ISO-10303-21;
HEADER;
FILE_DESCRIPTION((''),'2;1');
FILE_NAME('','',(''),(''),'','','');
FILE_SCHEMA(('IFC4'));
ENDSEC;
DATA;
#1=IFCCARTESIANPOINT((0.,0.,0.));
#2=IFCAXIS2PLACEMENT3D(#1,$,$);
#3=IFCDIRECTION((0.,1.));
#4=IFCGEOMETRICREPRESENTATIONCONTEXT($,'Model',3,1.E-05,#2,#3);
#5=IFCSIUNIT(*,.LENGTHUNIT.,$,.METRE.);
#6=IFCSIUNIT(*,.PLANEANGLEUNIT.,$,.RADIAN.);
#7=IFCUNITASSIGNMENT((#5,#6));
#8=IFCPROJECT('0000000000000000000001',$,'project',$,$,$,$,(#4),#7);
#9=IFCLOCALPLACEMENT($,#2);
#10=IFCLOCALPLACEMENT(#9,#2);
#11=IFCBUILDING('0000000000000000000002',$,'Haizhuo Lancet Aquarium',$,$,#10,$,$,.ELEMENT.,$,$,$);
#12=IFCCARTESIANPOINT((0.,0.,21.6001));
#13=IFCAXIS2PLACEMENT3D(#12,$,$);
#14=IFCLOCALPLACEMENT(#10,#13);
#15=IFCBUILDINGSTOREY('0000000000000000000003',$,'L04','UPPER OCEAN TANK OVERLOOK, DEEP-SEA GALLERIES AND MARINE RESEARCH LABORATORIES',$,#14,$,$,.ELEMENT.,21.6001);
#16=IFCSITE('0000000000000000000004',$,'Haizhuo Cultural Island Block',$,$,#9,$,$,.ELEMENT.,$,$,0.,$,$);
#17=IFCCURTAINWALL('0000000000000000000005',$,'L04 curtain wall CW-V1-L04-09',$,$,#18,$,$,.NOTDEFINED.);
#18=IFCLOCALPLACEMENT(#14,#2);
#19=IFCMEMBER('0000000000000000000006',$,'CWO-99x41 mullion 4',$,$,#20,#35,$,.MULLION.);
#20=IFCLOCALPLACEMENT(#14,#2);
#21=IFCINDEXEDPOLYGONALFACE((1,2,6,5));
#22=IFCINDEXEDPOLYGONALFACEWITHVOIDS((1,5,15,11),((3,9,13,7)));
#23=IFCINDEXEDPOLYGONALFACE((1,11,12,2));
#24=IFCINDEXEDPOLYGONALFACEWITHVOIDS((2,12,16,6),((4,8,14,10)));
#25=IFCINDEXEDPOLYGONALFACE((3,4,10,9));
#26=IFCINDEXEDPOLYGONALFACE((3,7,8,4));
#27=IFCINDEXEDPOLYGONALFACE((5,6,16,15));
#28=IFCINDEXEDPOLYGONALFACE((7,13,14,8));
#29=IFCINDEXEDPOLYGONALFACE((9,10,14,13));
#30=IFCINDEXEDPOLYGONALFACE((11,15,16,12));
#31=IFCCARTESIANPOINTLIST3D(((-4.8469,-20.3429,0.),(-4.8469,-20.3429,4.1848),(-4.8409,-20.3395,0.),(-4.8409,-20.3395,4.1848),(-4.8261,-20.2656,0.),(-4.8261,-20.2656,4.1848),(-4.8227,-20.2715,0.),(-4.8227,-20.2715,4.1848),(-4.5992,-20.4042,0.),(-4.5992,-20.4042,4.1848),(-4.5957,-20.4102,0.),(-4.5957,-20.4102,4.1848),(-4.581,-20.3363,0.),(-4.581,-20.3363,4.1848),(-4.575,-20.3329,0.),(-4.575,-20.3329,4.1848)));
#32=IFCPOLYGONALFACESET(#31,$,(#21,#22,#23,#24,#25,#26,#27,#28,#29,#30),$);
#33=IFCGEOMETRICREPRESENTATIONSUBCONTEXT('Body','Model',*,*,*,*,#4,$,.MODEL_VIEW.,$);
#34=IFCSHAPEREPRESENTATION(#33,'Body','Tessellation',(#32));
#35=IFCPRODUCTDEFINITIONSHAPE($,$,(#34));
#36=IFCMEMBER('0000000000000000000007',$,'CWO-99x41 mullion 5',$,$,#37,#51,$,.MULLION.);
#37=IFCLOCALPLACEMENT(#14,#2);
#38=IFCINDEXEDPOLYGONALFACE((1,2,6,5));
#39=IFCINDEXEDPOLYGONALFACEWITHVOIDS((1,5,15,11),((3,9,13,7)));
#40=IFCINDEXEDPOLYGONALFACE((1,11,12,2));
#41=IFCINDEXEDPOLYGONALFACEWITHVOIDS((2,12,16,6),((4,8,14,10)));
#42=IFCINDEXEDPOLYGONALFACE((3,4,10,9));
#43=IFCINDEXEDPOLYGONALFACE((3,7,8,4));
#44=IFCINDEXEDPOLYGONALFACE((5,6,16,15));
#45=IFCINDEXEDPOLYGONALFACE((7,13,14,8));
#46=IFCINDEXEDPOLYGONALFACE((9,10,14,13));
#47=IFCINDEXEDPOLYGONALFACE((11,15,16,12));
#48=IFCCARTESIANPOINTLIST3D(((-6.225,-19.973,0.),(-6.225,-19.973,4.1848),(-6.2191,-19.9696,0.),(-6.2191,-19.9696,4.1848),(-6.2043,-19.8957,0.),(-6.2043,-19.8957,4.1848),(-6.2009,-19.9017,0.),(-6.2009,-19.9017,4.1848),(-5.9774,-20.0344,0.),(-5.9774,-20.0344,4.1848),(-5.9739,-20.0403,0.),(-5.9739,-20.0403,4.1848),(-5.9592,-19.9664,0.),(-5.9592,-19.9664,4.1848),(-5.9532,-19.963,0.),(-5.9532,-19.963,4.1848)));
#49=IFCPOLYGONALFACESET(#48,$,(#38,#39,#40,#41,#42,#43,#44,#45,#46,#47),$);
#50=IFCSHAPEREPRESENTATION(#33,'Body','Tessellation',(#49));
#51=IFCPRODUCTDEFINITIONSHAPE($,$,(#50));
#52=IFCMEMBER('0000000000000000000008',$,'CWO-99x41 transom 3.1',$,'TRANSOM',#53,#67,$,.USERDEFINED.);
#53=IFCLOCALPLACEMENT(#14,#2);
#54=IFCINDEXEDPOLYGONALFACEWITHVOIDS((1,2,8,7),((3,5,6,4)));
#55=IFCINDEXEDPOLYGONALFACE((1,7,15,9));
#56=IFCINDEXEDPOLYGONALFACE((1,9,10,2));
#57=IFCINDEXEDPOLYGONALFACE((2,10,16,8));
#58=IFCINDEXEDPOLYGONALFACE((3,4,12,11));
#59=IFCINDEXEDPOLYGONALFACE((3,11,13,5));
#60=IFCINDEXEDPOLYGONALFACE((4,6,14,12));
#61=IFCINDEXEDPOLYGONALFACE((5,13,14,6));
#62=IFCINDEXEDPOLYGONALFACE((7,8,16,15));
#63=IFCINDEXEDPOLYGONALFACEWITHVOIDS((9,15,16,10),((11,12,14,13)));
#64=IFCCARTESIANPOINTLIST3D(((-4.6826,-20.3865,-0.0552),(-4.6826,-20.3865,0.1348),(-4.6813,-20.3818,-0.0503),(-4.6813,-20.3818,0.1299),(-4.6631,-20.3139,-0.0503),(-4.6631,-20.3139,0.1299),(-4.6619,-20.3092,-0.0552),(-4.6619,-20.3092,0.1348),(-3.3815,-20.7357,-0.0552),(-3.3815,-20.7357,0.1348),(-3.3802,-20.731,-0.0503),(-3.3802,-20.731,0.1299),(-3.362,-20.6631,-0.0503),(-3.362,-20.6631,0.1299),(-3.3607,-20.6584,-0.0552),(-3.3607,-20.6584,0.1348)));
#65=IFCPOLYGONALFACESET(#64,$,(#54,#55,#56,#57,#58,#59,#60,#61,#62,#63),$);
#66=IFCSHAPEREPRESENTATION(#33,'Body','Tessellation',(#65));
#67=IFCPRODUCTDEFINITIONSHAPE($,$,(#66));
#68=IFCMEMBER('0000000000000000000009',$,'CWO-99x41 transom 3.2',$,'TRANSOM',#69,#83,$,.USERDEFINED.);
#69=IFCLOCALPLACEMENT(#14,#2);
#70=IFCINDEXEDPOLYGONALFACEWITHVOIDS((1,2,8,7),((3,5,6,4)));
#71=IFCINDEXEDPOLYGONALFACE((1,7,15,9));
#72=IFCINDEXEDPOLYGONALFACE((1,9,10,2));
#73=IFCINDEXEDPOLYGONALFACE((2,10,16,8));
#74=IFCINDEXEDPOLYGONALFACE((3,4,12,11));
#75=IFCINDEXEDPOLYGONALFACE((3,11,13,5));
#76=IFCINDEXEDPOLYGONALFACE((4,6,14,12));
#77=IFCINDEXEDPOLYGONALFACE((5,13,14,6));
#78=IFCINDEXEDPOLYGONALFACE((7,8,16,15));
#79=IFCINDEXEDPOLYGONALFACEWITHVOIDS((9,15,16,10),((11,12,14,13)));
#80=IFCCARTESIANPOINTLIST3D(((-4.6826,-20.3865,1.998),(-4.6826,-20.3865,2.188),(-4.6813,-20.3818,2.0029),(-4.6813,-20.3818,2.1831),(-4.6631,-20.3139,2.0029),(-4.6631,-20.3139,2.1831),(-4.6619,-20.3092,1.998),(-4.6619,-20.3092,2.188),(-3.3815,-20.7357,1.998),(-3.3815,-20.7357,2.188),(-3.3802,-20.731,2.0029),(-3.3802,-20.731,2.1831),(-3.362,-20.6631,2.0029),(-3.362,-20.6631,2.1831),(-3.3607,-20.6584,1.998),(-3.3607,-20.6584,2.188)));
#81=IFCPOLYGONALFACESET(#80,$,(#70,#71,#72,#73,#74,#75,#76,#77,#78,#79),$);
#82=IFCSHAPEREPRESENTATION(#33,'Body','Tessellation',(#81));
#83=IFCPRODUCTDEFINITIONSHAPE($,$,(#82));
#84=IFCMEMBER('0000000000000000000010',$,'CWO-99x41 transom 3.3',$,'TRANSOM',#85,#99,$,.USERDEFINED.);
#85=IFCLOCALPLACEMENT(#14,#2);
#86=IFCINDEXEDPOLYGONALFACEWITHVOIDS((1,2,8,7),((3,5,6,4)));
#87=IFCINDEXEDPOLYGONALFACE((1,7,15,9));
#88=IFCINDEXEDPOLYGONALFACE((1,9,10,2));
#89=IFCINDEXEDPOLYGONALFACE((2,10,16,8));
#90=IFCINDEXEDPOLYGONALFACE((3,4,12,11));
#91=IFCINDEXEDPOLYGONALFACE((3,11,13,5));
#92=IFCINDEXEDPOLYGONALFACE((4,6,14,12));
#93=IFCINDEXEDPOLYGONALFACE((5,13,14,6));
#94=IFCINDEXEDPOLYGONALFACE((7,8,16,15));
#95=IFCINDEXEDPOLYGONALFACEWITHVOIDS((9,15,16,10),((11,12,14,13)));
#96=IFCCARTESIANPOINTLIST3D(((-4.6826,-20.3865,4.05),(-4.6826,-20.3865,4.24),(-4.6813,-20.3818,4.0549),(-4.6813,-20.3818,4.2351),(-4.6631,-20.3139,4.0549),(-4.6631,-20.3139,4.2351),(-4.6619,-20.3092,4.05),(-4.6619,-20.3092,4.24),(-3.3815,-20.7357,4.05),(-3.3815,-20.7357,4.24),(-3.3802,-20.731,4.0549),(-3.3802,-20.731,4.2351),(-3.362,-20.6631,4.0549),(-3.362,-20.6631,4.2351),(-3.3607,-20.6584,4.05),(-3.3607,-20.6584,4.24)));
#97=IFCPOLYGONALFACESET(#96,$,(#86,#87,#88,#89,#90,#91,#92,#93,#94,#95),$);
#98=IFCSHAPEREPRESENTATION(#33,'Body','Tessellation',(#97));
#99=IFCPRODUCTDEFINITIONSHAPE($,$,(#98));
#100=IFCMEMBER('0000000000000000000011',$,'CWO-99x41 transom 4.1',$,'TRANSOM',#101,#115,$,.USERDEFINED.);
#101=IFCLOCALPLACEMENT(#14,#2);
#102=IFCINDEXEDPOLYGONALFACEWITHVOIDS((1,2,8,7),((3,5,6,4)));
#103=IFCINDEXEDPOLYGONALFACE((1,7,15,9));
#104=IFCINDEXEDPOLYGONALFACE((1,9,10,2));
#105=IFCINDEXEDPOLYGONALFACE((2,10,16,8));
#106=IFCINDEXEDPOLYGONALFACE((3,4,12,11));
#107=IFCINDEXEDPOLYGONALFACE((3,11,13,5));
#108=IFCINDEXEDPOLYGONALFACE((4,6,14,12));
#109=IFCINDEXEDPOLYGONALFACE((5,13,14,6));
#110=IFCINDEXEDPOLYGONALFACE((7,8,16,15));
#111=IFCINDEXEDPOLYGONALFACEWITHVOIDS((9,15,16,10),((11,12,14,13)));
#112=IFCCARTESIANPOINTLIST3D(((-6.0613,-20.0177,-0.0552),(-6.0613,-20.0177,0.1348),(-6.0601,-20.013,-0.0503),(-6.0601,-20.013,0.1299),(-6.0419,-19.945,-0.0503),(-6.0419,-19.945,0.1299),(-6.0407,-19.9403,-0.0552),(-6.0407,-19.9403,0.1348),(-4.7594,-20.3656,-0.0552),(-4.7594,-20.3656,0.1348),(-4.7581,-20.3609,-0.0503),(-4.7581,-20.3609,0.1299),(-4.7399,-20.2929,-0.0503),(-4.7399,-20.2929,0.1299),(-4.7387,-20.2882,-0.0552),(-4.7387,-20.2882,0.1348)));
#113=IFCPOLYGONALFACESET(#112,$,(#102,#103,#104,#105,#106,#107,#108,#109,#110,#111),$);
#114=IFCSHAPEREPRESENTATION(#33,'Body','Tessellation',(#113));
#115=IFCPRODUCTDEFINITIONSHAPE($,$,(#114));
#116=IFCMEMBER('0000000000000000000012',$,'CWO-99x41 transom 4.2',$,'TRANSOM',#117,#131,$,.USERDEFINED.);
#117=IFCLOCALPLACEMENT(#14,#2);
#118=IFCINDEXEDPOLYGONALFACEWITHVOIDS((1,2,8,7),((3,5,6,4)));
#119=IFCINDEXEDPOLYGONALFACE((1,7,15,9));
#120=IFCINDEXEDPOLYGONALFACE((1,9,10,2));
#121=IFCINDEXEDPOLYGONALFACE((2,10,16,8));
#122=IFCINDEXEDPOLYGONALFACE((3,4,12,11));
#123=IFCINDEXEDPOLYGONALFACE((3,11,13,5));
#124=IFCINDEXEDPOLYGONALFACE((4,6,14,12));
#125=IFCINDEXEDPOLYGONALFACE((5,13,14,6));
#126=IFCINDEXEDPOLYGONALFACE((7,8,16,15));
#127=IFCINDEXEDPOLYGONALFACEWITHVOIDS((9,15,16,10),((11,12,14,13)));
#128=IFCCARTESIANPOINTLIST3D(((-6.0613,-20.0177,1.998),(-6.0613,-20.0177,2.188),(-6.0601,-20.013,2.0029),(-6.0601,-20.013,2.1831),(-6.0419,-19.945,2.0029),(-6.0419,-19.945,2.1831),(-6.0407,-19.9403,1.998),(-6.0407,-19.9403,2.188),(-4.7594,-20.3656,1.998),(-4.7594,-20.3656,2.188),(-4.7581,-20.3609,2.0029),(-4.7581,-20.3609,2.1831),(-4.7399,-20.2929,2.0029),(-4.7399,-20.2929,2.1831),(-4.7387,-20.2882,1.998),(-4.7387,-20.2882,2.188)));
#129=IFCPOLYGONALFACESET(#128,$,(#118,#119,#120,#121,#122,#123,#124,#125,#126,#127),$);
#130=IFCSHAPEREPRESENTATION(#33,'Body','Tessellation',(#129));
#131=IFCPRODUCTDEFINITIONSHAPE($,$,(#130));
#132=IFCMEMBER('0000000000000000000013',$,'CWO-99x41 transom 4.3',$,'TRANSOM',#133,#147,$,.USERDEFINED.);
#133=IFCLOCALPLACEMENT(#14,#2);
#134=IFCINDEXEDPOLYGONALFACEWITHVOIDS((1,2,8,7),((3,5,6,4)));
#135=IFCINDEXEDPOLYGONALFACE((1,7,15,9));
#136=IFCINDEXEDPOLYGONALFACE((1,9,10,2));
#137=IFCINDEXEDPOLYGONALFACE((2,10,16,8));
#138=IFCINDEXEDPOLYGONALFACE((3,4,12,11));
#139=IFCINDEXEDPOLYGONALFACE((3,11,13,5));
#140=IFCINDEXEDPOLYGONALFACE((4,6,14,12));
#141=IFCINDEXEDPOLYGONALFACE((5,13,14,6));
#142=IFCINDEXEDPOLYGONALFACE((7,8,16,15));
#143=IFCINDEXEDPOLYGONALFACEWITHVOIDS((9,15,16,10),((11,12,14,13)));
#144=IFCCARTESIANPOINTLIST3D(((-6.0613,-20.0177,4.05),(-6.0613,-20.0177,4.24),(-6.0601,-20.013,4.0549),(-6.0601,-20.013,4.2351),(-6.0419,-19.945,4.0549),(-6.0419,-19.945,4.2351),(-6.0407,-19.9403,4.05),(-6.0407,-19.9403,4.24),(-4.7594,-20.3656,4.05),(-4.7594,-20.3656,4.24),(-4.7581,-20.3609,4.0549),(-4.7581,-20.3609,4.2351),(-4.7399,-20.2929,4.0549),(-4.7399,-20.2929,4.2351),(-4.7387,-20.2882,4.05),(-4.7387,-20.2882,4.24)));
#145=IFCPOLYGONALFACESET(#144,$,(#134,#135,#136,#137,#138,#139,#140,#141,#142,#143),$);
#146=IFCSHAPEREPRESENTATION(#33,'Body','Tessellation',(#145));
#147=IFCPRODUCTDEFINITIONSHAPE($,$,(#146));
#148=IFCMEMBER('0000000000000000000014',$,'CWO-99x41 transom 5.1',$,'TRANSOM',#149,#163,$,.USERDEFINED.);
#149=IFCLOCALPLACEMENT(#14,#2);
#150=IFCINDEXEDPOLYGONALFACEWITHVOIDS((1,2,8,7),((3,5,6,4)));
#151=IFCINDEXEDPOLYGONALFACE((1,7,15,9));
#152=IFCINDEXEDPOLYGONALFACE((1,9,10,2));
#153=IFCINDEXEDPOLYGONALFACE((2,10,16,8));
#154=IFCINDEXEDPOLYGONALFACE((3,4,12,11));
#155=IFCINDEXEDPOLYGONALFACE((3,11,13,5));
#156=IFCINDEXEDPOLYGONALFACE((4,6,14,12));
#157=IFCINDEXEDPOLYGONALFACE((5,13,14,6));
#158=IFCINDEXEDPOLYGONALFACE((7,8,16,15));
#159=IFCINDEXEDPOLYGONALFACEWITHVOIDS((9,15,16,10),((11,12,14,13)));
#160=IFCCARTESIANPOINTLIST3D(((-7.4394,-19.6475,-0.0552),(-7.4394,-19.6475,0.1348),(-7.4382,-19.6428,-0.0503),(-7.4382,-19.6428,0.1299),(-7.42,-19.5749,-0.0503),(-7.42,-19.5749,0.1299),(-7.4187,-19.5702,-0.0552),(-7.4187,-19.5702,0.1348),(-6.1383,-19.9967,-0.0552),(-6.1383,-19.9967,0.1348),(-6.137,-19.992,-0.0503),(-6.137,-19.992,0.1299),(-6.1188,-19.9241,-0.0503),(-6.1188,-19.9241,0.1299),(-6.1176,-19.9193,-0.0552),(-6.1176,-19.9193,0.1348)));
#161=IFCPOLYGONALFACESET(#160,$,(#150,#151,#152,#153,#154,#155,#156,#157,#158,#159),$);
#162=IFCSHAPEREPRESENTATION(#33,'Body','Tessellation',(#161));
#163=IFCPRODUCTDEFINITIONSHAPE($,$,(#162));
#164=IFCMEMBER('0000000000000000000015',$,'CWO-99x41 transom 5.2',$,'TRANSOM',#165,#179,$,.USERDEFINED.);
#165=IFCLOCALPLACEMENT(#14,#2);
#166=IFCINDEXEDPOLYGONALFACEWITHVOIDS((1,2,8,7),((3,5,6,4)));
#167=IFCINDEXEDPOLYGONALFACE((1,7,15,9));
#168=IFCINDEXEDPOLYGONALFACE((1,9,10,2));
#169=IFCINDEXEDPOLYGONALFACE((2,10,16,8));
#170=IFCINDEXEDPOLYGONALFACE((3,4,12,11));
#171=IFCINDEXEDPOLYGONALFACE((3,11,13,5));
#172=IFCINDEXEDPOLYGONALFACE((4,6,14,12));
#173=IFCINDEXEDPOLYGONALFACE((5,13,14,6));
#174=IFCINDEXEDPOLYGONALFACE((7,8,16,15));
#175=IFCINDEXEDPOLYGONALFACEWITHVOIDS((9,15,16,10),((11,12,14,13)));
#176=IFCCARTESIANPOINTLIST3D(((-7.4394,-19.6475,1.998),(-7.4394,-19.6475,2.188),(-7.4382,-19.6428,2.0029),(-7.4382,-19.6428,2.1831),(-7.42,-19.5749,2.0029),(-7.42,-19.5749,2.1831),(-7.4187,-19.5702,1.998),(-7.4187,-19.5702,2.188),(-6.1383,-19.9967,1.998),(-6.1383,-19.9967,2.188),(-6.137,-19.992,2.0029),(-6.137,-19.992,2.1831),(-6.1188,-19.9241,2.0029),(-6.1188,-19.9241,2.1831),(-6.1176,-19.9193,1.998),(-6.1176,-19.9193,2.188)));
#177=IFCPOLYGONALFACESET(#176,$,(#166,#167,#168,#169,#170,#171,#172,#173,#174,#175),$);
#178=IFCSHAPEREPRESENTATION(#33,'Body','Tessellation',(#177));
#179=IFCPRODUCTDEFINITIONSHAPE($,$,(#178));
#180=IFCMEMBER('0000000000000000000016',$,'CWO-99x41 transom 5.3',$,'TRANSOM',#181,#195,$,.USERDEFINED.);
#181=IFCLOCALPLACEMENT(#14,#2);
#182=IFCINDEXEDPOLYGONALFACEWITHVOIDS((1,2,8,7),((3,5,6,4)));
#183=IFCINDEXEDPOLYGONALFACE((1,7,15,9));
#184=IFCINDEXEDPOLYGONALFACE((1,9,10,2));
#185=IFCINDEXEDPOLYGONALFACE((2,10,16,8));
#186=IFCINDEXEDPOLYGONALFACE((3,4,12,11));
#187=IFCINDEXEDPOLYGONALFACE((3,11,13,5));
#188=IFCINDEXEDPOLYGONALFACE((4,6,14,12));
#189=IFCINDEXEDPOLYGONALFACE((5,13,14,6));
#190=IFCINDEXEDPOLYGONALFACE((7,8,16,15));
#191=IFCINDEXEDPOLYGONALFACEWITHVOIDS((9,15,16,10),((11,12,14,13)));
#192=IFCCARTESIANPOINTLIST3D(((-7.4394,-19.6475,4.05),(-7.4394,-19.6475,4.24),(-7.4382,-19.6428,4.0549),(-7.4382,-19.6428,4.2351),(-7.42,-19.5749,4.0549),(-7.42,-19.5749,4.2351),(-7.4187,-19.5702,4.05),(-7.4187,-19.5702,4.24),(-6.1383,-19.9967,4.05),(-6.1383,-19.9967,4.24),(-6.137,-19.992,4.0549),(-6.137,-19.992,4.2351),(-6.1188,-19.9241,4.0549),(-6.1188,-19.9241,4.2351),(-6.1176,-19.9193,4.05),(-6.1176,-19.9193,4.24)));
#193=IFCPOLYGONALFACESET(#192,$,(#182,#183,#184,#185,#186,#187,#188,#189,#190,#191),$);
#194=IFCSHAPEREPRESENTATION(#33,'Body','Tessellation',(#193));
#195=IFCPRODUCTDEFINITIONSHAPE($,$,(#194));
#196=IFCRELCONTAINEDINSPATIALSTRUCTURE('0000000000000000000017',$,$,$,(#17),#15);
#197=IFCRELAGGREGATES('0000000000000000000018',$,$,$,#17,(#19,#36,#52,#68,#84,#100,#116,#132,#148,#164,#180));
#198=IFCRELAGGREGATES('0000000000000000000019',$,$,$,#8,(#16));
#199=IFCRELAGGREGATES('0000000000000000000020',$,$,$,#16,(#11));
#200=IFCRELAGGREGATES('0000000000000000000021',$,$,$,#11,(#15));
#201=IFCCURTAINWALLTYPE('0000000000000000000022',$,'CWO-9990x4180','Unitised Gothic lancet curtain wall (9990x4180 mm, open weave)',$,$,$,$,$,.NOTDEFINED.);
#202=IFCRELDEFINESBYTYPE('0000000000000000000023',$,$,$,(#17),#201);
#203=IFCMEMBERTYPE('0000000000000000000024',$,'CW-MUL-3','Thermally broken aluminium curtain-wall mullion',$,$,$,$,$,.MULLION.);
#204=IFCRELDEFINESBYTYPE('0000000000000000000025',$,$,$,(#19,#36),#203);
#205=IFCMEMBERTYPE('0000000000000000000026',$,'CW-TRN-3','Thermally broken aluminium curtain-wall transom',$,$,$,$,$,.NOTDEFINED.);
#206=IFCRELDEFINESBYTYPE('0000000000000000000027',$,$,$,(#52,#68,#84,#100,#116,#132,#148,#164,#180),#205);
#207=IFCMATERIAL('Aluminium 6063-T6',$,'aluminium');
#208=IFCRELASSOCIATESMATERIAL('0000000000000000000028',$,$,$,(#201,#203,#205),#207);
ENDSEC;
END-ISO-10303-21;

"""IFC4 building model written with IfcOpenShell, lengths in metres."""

from ifc_helpers import new_model, si_unit, direction, frame, origin, origin_2d, place, context, subcontext, project, spatial, hollow_rectangle, extrude, material, material_profile, profile_set, type_object, element, aggregate, save


model = new_model("IFC4")

# Units and contexts
model_context = context("Model", 3, precision=1e-05, world=origin(), true_north=direction((0.0, 1.0)))
body_context = subcontext(model_context, "Body", "Model", "MODEL_VIEW")
ifc_project = project(units=[si_unit("LENGTHUNIT", "METRE"), si_unit("PLANEANGLEUNIT", "RADIAN")], contexts=[model_context])

# Site, building, storey
site_placement = place(None, origin())
site = spatial("IfcSite", under=ifc_project, at=site_placement, Name="Haizhuo Cultural Island Block", CompositionType="ELEMENT", RefElevation=0.0)
building_placement = place(site_placement, origin())
building = spatial("IfcBuilding", under=site, at=building_placement, Name="Haizhuo Lancet Aquarium", CompositionType="ELEMENT")
storey_placement = place(building_placement, frame((0.0, 0.0, 21.6001)))
storey = spatial("IfcBuildingStorey", under=building, at=storey_placement, Name="L04", Description="UPPER OCEAN TANK OVERLOOK, DEEP-SEA GALLERIES AND MARINE RESEARCH LABORATORIES", CompositionType="ELEMENT", Elevation=21.6001)

# Curtain wall, members
ifc_material_1 = material(Name="Aluminium 6063-T6", Category="aluminium")
curtain_wall_type = type_object("IfcCurtainWallType", Name="CWO-9990x4180", Description="Unitised Gothic lancet curtain wall (9990x4180 mm, open weave)", PredefinedType="NOTDEFINED", material=ifc_material_1)
curtain_wall_placement = place(storey_placement, origin())
curtain_wall = element("IfcCurtainWall", 1, at=curtain_wall_placement, inside=storey, type_object=curtain_wall_type, Name="L04 curtain wall CW-V1-L04-09", PredefinedType="NOTDEFINED")
ifc_material_profile_1 = material_profile(ifc_material_1, hollow_rectangle(XDim=0.0801, YDim=0.26, WallThickness=0.0049, at=origin_2d()), Name="ALU-M 80x260x5")
ifc_profile_set_1 = profile_set([ifc_material_profile_1], Name="Aluminium 6063-T6")
member_type_1 = type_object("IfcMemberType", Name="CW-MUL-3", Description="Thermally broken aluminium curtain-wall mullion", PredefinedType="MULLION", material=ifc_profile_set_1)
member_1_placement = place(storey_placement, frame((-4.7109, -20.3379, 0.0), z_axis=(0.0, 0.0, 1.0), x_axis=(-0.258853, -0.965917, 0.0)))
member_1 = element("IfcMember", 2, at=member_1_placement, type_object=member_type_1, Name="CWO-99x41 mullion 4", PredefinedType="MULLION", context=body_context, shape_type="SweptSolid", body=[
    extrude(hollow_rectangle(XDim=0.0801, YDim=0.26, WallThickness=0.0049, at=origin_2d()), origin(), (0.0, 0.0, 1.0), 4.1848),
])
member_2_placement = place(storey_placement, frame((-6.0891, -19.968, 0.0), z_axis=(0.0, 0.0, 1.0), x_axis=(-0.258853, -0.965917, 0.0)))
member_2 = element("IfcMember", 3, at=member_2_placement, type_object=member_type_1, Name="CWO-99x41 mullion 5", PredefinedType="MULLION", context=body_context, shape_type="SweptSolid", body=[
    extrude(hollow_rectangle(XDim=0.0801, YDim=0.26, WallThickness=0.0049, at=origin_2d()), origin(), (0.0, 0.0, 1.0), 4.1848),
])
ifc_material_profile_2 = material_profile(ifc_material_1, hollow_rectangle(XDim=0.0801, YDim=0.1899, WallThickness=0.0049, at=origin_2d()), Name="ALU-T 80x190x5")
ifc_profile_set_2 = profile_set([ifc_material_profile_2], Name="Aluminium 6063-T6")
member_type_2 = type_object("IfcMemberType", Name="CW-TRN-3", Description="Thermally broken aluminium curtain-wall transom", PredefinedType="NOTDEFINED", material=ifc_profile_set_2)
member_3_placement = place(storey_placement, frame((-3.3711, -20.697, 0.0398), z_axis=(-0.965831, 0.259174, 0.0), x_axis=(-0.259174, -0.965831, 0.0)))
member_3 = element("IfcMember", 4, at=member_3_placement, type_object=member_type_2, Name="CWO-99x41 transom 3.1", ObjectType="TRANSOM", PredefinedType="USERDEFINED", context=body_context, shape_type="SweptSolid", body=[
    extrude(hollow_rectangle(XDim=0.0801, YDim=0.1899, WallThickness=0.0049, at=origin_2d()), origin(), (0.0, 0.0, 1.0), 1.3472),
])
member_4_placement = place(storey_placement, frame((-3.3711, -20.697, 2.093), z_axis=(-0.965831, 0.259174, 0.0), x_axis=(-0.259174, -0.965831, 0.0)))
member_4 = element("IfcMember", 5, at=member_4_placement, type_object=member_type_2, Name="CWO-99x41 transom 3.2", ObjectType="TRANSOM", PredefinedType="USERDEFINED", context=body_context, shape_type="SweptSolid", body=[
    extrude(hollow_rectangle(XDim=0.0801, YDim=0.1899, WallThickness=0.0049, at=origin_2d()), origin(), (0.0, 0.0, 1.0), 1.3472),
])
member_5_placement = place(storey_placement, frame((-3.3711, -20.697, 4.145), z_axis=(-0.965831, 0.259174, 0.0), x_axis=(-0.259174, -0.965831, 0.0)))
member_5 = element("IfcMember", 6, at=member_5_placement, type_object=member_type_2, Name="CWO-99x41 transom 3.3", ObjectType="TRANSOM", PredefinedType="USERDEFINED", context=body_context, shape_type="SweptSolid", body=[
    extrude(hollow_rectangle(XDim=0.0801, YDim=0.1899, WallThickness=0.0049, at=origin_2d()), origin(), (0.0, 0.0, 1.0), 1.3472),
])
member_6_placement = place(storey_placement, frame((-4.749, -20.3269, 0.0398), z_axis=(-0.966106, 0.258147, 0.0), x_axis=(-0.258147, -0.966106, 0.0)))
member_6 = element("IfcMember", 7, at=member_6_placement, type_object=member_type_2, Name="CWO-99x41 transom 4.1", ObjectType="TRANSOM", PredefinedType="USERDEFINED", context=body_context, shape_type="SweptSolid", body=[
    extrude(hollow_rectangle(XDim=0.0801, YDim=0.1899, WallThickness=0.0049, at=origin_2d()), origin(), (0.0, 0.0, 1.0), 1.3477),
])
member_7_placement = place(storey_placement, frame((-4.749, -20.3269, 2.093), z_axis=(-0.966106, 0.258147, 0.0), x_axis=(-0.258147, -0.966106, 0.0)))
member_7 = element("IfcMember", 8, at=member_7_placement, type_object=member_type_2, Name="CWO-99x41 transom 4.2", ObjectType="TRANSOM", PredefinedType="USERDEFINED", context=body_context, shape_type="SweptSolid", body=[
    extrude(hollow_rectangle(XDim=0.0801, YDim=0.1899, WallThickness=0.0049, at=origin_2d()), origin(), (0.0, 0.0, 1.0), 1.3477),
])
member_8_placement = place(storey_placement, frame((-4.749, -20.3269, 4.145), z_axis=(-0.966106, 0.258147, 0.0), x_axis=(-0.258147, -0.966106, 0.0)))
member_8 = element("IfcMember", 9, at=member_8_placement, type_object=member_type_2, Name="CWO-99x41 transom 4.3", ObjectType="TRANSOM", PredefinedType="USERDEFINED", context=body_context, shape_type="SweptSolid", body=[
    extrude(hollow_rectangle(XDim=0.0801, YDim=0.1899, WallThickness=0.0049, at=origin_2d()), origin(), (0.0, 0.0, 1.0), 1.3477),
])
member_9_placement = place(storey_placement, frame((-6.1279, -19.958, 0.0398), z_axis=(-0.965831, 0.259174, 0.0), x_axis=(-0.259174, -0.965831, 0.0)))
member_9 = element("IfcMember", 10, at=member_9_placement, type_object=member_type_2, Name="CWO-99x41 transom 5.1", ObjectType="TRANSOM", PredefinedType="USERDEFINED", context=body_context, shape_type="SweptSolid", body=[
    extrude(hollow_rectangle(XDim=0.0801, YDim=0.1899, WallThickness=0.0049, at=origin_2d()), origin(), (0.0, 0.0, 1.0), 1.3472),
])
member_10_placement = place(storey_placement, frame((-6.1279, -19.958, 2.093), z_axis=(-0.965831, 0.259174, 0.0), x_axis=(-0.259174, -0.965831, 0.0)))
member_10 = element("IfcMember", 11, at=member_10_placement, type_object=member_type_2, Name="CWO-99x41 transom 5.2", ObjectType="TRANSOM", PredefinedType="USERDEFINED", context=body_context, shape_type="SweptSolid", body=[
    extrude(hollow_rectangle(XDim=0.0801, YDim=0.1899, WallThickness=0.0049, at=origin_2d()), origin(), (0.0, 0.0, 1.0), 1.3472),
])
member_11_placement = place(storey_placement, frame((-6.1279, -19.958, 4.145), z_axis=(-0.965831, 0.259174, 0.0), x_axis=(-0.259174, -0.965831, 0.0)))
member_11 = element("IfcMember", 12, at=member_11_placement, type_object=member_type_2, Name="CWO-99x41 transom 5.3", ObjectType="TRANSOM", PredefinedType="USERDEFINED", context=body_context, shape_type="SweptSolid", body=[
    extrude(hollow_rectangle(XDim=0.0801, YDim=0.1899, WallThickness=0.0049, at=origin_2d()), origin(), (0.0, 0.0, 1.0), 1.3472),
])

aggregate(curtain_wall, [member_1, member_2, member_3, member_4, member_5, member_6, member_7, member_8, member_9, member_10, member_11])

save(model, "model.ifc")
